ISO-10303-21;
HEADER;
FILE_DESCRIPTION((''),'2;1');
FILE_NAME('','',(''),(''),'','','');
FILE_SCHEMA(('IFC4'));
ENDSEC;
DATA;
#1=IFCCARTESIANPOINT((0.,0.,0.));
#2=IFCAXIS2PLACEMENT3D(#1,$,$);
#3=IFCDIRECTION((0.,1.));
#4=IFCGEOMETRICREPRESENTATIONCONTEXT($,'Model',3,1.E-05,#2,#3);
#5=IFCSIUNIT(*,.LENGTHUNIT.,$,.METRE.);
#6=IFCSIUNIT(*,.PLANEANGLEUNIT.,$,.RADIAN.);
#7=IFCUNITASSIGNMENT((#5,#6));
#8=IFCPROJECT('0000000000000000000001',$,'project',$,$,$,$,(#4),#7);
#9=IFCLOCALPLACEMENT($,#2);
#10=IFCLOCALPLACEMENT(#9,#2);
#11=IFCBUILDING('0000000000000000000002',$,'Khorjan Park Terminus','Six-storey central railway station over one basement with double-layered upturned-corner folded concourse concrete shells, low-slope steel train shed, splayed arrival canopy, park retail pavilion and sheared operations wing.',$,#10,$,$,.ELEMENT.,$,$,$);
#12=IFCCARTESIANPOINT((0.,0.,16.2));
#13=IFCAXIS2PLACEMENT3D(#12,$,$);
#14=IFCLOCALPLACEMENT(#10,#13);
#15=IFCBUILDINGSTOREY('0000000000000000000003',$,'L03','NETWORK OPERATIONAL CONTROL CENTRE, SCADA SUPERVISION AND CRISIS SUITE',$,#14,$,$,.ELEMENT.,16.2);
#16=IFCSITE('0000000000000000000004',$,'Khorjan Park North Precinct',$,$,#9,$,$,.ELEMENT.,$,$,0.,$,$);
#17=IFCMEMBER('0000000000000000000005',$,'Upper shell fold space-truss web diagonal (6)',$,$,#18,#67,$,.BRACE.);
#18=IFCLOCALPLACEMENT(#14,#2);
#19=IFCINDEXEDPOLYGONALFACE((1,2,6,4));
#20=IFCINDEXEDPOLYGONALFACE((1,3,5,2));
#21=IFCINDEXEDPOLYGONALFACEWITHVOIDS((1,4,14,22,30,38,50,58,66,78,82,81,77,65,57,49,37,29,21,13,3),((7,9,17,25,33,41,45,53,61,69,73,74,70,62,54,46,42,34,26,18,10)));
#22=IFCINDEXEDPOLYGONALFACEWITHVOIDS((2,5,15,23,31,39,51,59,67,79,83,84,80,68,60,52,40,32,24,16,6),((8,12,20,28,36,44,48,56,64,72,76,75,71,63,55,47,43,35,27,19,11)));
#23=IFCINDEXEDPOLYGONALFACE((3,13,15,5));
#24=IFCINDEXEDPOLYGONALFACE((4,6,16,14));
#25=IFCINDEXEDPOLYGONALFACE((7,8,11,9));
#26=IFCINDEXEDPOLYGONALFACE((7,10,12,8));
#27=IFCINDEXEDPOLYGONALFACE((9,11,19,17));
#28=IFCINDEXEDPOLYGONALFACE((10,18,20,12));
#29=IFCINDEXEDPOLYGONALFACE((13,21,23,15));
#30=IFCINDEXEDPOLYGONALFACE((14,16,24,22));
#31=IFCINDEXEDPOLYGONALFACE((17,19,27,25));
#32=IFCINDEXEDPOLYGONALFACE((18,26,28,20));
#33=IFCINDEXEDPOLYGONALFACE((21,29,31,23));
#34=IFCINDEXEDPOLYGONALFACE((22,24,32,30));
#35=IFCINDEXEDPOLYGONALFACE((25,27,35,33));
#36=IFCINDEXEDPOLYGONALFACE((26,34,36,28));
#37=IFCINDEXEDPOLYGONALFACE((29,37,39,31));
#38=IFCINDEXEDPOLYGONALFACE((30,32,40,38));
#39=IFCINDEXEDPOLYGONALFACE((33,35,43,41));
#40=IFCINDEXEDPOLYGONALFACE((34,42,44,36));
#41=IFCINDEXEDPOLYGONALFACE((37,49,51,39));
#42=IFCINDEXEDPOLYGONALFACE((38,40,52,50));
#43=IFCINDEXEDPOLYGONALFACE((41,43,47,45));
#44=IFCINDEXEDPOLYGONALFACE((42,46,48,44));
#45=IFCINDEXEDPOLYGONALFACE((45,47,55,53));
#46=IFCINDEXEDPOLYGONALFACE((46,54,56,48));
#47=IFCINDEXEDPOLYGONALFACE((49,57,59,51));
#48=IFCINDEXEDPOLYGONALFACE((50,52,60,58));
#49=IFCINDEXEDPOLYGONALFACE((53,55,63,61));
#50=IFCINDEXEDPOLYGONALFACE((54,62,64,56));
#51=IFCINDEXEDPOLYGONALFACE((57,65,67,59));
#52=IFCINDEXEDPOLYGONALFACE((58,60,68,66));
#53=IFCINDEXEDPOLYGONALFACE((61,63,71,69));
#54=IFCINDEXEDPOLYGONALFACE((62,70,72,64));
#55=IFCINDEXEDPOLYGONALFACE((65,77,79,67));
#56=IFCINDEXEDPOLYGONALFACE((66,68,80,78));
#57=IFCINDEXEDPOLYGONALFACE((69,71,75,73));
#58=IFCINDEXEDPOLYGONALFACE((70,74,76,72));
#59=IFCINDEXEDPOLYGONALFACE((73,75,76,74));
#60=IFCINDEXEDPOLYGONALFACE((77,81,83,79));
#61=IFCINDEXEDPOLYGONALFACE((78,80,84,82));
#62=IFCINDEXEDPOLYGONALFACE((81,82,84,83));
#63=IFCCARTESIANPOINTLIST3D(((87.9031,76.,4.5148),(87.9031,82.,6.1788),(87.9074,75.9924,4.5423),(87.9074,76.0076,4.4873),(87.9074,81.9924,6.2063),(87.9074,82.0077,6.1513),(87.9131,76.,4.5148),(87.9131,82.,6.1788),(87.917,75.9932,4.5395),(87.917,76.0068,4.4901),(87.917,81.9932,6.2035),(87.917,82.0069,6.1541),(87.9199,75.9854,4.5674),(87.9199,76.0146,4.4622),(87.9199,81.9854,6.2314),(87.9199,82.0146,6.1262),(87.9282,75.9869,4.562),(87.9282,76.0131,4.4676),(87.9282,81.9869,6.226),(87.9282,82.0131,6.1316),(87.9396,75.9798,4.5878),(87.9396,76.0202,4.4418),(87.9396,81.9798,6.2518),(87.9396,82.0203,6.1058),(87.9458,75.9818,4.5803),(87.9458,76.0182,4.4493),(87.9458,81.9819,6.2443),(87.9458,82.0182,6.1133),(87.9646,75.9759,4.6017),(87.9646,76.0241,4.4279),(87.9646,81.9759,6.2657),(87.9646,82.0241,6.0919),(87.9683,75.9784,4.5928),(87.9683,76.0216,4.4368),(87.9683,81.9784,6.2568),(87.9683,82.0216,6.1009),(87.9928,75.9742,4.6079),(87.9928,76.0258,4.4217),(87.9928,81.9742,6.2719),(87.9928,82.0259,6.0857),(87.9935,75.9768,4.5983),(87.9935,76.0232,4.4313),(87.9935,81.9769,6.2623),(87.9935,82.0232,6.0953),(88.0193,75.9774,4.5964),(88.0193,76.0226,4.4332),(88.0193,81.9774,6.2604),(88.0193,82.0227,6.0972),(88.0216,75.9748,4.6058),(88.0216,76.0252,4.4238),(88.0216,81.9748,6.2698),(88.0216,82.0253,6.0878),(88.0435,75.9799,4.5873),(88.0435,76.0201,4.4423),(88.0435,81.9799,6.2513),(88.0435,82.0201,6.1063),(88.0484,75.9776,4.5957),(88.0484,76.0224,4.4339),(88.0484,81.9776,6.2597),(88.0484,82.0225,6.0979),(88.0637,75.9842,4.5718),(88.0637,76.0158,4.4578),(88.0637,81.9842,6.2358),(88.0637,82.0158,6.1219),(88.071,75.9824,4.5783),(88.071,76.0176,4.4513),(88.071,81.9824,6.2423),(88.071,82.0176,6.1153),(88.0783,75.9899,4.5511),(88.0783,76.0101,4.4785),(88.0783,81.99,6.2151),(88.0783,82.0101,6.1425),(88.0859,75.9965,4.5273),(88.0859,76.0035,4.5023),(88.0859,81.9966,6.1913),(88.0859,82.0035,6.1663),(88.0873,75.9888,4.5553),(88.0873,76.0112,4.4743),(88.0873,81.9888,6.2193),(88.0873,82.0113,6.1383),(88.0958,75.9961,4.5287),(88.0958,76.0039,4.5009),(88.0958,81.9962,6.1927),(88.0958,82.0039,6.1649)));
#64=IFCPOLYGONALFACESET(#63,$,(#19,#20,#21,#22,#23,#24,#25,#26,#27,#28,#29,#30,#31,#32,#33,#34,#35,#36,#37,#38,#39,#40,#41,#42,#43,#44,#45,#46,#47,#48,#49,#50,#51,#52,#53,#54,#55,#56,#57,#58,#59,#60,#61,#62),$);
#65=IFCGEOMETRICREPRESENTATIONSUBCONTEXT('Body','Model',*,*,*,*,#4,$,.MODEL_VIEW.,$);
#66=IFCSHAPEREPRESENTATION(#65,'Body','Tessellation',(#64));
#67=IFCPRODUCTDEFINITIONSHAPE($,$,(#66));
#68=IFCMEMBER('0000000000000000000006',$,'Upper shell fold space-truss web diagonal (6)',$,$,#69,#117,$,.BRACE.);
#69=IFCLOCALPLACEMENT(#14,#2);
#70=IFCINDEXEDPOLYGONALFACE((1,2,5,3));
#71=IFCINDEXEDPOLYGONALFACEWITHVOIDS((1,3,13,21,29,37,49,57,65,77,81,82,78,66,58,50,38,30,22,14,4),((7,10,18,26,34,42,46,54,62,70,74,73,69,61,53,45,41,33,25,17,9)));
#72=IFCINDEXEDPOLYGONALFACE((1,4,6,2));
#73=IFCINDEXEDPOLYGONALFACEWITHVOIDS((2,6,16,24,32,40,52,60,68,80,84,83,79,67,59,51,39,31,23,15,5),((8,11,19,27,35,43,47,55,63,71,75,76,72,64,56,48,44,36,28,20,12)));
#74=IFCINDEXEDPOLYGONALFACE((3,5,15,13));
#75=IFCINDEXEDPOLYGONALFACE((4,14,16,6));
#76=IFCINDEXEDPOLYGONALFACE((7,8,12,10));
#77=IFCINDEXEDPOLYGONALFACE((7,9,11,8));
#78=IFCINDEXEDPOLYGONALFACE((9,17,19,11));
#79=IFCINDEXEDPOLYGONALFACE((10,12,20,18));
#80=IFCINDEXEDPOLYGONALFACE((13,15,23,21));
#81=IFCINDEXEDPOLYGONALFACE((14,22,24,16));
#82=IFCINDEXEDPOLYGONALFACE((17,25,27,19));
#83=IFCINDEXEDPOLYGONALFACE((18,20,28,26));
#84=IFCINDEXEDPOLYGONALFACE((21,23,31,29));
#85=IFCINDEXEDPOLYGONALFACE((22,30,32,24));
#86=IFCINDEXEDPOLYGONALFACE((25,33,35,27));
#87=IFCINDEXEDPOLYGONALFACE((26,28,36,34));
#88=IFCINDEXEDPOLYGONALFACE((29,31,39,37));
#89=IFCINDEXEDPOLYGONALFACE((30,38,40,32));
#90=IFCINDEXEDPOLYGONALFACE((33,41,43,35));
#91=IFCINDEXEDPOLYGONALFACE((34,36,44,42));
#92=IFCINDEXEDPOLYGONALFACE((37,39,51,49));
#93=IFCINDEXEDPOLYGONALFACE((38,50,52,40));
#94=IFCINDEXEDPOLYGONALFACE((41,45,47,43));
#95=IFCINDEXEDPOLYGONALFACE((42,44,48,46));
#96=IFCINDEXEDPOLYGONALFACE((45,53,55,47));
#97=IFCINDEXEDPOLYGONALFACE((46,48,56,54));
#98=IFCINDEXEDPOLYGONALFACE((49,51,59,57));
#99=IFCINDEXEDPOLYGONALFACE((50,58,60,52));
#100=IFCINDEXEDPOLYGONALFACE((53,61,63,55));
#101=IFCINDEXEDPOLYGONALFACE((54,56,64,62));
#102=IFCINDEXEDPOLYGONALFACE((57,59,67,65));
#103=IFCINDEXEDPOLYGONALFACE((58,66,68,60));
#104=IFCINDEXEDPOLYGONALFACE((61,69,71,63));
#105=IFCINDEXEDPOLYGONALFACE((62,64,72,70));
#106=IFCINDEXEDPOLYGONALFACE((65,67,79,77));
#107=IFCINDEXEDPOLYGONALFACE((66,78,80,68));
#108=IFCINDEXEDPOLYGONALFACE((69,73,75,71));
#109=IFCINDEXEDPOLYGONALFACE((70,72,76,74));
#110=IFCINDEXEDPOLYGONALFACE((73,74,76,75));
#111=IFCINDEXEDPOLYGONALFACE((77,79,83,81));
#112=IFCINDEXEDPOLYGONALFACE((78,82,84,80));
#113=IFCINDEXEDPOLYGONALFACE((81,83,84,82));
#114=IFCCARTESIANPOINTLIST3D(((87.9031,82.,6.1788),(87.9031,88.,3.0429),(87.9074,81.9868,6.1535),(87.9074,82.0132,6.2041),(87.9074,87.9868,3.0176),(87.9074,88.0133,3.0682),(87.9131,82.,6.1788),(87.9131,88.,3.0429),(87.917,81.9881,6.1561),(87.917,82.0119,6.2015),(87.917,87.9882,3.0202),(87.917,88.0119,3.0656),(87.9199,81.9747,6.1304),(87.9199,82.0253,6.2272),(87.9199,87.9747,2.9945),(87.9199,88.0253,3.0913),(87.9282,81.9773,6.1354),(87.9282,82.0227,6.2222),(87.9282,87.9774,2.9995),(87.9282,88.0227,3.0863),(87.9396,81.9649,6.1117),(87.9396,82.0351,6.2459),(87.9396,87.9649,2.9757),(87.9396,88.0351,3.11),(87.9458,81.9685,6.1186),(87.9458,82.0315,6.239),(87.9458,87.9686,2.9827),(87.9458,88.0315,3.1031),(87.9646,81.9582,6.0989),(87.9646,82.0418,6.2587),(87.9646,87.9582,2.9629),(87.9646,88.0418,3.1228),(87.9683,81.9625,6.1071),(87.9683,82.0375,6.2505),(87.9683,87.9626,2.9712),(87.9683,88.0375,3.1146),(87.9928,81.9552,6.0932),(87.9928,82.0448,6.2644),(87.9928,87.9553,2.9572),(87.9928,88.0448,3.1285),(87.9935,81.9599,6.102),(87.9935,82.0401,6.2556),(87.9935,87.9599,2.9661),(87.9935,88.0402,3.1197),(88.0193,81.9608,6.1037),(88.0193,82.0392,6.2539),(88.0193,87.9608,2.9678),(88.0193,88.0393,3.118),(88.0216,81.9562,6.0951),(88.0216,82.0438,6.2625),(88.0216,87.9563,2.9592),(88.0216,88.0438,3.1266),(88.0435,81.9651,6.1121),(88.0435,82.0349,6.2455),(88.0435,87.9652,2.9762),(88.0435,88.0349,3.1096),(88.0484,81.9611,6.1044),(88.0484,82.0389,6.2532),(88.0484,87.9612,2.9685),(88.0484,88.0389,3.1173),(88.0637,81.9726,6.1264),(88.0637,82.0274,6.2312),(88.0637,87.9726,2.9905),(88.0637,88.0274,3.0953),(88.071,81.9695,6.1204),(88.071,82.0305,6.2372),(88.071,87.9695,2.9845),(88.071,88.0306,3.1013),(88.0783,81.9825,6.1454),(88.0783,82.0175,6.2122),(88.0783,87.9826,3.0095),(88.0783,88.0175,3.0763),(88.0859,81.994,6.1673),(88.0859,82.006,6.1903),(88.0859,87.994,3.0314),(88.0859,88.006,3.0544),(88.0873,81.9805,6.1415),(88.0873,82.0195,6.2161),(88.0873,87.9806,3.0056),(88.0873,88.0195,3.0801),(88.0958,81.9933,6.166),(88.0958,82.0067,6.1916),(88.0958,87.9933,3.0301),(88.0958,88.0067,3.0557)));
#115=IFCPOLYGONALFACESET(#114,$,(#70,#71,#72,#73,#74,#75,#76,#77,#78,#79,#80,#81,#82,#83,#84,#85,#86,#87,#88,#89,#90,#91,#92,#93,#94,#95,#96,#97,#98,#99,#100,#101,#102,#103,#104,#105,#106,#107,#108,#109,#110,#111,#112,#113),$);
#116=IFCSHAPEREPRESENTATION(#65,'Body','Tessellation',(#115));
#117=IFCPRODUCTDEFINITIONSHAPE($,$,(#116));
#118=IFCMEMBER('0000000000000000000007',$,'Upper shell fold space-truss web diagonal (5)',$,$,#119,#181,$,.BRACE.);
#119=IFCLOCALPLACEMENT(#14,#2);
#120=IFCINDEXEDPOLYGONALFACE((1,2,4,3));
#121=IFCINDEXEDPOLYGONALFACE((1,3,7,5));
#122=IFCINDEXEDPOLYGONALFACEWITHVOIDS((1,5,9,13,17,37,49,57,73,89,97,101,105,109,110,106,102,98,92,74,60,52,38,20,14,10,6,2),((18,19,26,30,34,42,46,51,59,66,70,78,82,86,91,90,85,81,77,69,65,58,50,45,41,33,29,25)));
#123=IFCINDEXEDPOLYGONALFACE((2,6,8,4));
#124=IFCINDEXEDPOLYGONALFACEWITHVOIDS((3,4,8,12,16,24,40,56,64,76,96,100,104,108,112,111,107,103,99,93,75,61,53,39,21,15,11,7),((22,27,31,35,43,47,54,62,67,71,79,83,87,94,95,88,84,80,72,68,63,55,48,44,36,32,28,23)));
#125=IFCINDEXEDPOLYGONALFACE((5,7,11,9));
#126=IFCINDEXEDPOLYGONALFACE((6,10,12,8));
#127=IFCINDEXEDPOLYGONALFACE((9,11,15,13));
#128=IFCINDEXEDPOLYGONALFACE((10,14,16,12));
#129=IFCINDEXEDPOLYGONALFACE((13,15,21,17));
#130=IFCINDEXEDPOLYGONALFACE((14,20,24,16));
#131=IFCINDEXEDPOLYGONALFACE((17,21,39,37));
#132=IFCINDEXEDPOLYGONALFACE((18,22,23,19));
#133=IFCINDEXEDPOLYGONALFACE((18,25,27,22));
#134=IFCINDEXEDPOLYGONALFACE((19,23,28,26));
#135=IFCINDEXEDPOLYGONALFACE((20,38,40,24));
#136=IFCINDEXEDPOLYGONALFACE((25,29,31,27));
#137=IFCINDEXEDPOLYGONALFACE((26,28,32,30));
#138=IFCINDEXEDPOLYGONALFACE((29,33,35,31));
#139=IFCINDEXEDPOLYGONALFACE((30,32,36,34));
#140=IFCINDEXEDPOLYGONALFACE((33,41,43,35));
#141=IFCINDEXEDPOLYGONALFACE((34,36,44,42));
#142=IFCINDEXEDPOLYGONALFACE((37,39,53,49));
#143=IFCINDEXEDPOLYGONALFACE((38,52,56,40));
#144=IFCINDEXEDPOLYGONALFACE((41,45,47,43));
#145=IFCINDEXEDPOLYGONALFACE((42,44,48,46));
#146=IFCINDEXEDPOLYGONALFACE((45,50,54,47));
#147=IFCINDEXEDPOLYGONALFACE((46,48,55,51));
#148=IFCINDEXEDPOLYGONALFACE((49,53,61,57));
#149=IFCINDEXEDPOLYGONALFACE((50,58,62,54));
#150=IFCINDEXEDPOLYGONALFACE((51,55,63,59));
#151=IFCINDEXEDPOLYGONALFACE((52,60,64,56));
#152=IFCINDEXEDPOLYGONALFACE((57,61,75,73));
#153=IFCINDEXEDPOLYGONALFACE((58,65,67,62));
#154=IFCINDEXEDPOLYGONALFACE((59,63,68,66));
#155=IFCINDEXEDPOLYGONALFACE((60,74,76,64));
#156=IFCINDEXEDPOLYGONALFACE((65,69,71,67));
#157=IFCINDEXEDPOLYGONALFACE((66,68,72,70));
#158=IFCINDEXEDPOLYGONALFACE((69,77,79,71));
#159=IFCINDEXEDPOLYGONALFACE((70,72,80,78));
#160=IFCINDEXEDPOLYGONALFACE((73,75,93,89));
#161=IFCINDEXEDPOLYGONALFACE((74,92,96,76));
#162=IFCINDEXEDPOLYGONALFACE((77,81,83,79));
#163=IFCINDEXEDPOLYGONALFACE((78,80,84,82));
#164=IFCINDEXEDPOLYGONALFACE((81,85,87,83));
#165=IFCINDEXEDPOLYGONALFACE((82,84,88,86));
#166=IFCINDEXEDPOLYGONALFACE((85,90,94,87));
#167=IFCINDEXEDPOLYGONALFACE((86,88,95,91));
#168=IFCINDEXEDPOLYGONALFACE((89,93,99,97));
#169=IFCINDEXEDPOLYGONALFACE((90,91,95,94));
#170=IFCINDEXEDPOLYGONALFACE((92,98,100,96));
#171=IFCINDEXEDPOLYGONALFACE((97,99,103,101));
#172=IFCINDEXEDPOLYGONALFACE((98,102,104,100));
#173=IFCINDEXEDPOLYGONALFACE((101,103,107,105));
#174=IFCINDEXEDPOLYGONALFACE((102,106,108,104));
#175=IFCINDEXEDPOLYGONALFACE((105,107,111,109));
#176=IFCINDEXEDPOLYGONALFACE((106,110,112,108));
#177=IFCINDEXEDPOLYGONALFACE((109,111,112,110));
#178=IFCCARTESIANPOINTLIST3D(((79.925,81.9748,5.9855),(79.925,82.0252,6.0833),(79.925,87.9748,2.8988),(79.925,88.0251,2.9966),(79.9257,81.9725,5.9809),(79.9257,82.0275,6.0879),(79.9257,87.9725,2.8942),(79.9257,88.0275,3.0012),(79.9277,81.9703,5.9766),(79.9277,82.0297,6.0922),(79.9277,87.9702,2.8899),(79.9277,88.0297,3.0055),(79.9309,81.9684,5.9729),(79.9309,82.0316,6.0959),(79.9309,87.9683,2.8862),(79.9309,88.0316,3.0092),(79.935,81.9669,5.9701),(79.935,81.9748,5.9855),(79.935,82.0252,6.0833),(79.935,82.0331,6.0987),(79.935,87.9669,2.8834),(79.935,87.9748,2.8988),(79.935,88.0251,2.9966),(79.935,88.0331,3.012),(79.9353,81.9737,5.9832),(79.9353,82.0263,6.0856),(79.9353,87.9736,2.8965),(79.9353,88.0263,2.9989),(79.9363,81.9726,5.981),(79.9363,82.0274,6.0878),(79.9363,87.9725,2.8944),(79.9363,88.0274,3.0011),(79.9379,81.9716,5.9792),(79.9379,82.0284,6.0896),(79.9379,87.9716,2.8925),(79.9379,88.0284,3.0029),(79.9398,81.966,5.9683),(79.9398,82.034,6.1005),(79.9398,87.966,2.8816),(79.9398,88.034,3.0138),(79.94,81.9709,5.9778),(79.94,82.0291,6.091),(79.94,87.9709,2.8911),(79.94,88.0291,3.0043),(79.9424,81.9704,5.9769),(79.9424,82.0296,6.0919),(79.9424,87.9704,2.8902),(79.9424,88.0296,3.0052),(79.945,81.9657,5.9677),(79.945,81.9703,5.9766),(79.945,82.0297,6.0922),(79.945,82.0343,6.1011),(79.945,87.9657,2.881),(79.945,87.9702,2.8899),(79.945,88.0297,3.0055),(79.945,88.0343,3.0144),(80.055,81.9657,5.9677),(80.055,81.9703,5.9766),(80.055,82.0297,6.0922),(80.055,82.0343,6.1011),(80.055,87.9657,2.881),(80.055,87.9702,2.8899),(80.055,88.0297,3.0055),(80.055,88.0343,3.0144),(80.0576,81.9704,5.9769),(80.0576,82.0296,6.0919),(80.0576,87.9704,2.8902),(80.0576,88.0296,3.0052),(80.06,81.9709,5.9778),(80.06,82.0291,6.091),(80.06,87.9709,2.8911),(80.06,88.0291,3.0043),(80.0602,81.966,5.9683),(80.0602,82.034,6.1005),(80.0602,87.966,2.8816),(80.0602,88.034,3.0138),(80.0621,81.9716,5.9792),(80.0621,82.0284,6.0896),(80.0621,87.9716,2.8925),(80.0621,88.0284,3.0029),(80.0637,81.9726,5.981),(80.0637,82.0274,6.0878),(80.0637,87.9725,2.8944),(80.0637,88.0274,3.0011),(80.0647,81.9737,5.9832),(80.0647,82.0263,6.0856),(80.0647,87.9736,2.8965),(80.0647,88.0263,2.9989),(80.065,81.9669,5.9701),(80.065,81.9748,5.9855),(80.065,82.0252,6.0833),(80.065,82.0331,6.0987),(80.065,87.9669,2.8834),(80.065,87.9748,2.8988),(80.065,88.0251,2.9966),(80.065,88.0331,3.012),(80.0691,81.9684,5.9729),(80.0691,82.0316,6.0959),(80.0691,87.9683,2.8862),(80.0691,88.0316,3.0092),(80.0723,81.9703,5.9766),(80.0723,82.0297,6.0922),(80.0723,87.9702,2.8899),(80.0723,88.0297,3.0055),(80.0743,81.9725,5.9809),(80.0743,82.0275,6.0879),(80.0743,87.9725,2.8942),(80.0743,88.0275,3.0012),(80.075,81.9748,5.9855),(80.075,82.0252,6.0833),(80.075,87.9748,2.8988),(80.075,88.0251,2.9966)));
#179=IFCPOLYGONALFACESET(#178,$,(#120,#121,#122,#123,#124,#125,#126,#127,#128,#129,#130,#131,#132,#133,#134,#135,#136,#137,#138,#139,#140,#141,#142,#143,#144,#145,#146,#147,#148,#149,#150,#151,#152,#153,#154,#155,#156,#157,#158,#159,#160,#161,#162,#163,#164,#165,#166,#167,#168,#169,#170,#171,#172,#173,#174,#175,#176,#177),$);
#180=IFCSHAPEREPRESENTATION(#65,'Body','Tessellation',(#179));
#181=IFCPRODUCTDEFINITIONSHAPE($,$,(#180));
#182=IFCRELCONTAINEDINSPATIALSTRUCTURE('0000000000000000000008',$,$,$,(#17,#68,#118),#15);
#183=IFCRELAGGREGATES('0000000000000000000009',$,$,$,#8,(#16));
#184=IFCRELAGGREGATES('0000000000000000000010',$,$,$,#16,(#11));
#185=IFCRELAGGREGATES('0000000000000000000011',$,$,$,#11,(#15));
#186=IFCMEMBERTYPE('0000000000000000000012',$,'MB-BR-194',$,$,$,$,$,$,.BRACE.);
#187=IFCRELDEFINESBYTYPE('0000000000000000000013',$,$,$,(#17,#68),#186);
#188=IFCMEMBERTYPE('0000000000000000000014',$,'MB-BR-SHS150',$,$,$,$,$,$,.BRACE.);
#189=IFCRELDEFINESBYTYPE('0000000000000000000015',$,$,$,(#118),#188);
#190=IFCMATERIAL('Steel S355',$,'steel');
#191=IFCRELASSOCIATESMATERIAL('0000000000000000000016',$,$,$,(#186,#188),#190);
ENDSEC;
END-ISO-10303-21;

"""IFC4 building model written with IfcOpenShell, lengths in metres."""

from ifc_helpers import new_model, si_unit, direction, frame, origin, origin_2d, place, context, subcontext, project, spatial, hollow_rectangle, hollow_circle, extrude, material, material_profile, profile_set, type_object, element, save


model = new_model("IFC4")

# Units and contexts
model_context = context("Model", 3, precision=1e-05, world=origin(), true_north=direction((0.0, 1.0)))
body_context = subcontext(model_context, "Body", "Model", "MODEL_VIEW")
ifc_project = project(units=[si_unit("LENGTHUNIT", "METRE"), si_unit("PLANEANGLEUNIT", "RADIAN")], contexts=[model_context])

# Site, building, storey
site_placement = place(None, origin())
site = spatial("IfcSite", under=ifc_project, at=site_placement, Name="Khorjan Park North Precinct", CompositionType="ELEMENT", RefElevation=0.0)
building_placement = place(site_placement, origin())
building = spatial("IfcBuilding", under=site, at=building_placement, Name="Khorjan Park Terminus", Description="Six-storey central railway station over one basement with double-layered upturned-corner folded concourse concrete shells, low-slope steel train shed, splayed arrival canopy, park retail pavilion and sheared operations wing.", CompositionType="ELEMENT")
storey_placement = place(building_placement, frame((0.0, 0.0, 16.2)))
storey = spatial("IfcBuildingStorey", under=building, at=storey_placement, Name="L03", Description="NETWORK OPERATIONAL CONTROL CENTRE, SCADA SUPERVISION AND CRISIS SUITE", CompositionType="ELEMENT", Elevation=16.2)

# Members
ifc_material = material(Name="Steel S355", Category="steel")
ifc_material_profile_1 = material_profile(ifc_material, hollow_circle(Radius=0.0969, WallThickness=0.01, at=origin_2d()), Name="CHS 193.7x10")
ifc_profile_set_1 = profile_set([ifc_material_profile_1], Name="Steel S355")
member_type_1 = type_object("IfcMemberType", Name="MB-BR-194", PredefinedType="BRACE", material=ifc_profile_set_1)
member_1_placement = place(storey_placement, frame((88.0, 76.0, 4.5148), z_axis=(0.0, 0.963628, 0.267246), x_axis=(-1.0, 0.0, 0.0)))
element("IfcMember", 1, at=member_1_placement, inside=storey, type_object=member_type_1, Name="Upper shell fold space-truss web diagonal (6)", PredefinedType="BRACE", context=body_context, shape_type="SweptSolid", body=[
    extrude(hollow_circle(Radius=0.0969, WallThickness=0.01, at=origin_2d()), origin(), (0.0, 0.0, 1.0), 6.2265),
])
member_2_placement = place(storey_placement, frame((88.0, 82.0, 6.1788), z_axis=(0.0, 0.886254, -0.4632), x_axis=(-1.0, 0.0, 0.0)))
element("IfcMember", 2, at=member_2_placement, inside=storey, type_object=member_type_1, Name="Upper shell fold space-truss web diagonal (6)", PredefinedType="BRACE", context=body_context, shape_type="SweptSolid", body=[
    extrude(hollow_circle(Radius=0.0969, WallThickness=0.01, at=origin_2d()), origin(), (0.0, 0.0, 1.0), 6.7701),
])
ifc_material_profile_2 = material_profile(ifc_material, hollow_rectangle(XDim=0.15, YDim=0.15, WallThickness=0.01, InnerFilletRadius=0.01, OuterFilletRadius=0.02, at=origin_2d()), Name="SHS 150x150x10")
ifc_profile_set_2 = profile_set([ifc_material_profile_2], Name="Steel S355")
member_type_2 = type_object("IfcMemberType", Name="MB-BR-SHS150", PredefinedType="BRACE", material=ifc_profile_set_2)
member_3_placement = place(storey_placement, frame((80.0, 82.0, 6.0344), z_axis=(0.0, 0.889228, -0.457464), x_axis=(-1.0, 0.0, 0.0)))
element("IfcMember", 3, at=member_3_placement, inside=storey, type_object=member_type_2, Name="Upper shell fold space-truss web diagonal (5)", PredefinedType="BRACE", context=body_context, shape_type="SweptSolid", body=[
    extrude(hollow_rectangle(XDim=0.15, YDim=0.15, WallThickness=0.01, InnerFilletRadius=0.01, OuterFilletRadius=0.02, at=origin_2d()), origin(), (0.0, 0.0, 1.0), 6.7474),
])

save(model, "model.ifc")
